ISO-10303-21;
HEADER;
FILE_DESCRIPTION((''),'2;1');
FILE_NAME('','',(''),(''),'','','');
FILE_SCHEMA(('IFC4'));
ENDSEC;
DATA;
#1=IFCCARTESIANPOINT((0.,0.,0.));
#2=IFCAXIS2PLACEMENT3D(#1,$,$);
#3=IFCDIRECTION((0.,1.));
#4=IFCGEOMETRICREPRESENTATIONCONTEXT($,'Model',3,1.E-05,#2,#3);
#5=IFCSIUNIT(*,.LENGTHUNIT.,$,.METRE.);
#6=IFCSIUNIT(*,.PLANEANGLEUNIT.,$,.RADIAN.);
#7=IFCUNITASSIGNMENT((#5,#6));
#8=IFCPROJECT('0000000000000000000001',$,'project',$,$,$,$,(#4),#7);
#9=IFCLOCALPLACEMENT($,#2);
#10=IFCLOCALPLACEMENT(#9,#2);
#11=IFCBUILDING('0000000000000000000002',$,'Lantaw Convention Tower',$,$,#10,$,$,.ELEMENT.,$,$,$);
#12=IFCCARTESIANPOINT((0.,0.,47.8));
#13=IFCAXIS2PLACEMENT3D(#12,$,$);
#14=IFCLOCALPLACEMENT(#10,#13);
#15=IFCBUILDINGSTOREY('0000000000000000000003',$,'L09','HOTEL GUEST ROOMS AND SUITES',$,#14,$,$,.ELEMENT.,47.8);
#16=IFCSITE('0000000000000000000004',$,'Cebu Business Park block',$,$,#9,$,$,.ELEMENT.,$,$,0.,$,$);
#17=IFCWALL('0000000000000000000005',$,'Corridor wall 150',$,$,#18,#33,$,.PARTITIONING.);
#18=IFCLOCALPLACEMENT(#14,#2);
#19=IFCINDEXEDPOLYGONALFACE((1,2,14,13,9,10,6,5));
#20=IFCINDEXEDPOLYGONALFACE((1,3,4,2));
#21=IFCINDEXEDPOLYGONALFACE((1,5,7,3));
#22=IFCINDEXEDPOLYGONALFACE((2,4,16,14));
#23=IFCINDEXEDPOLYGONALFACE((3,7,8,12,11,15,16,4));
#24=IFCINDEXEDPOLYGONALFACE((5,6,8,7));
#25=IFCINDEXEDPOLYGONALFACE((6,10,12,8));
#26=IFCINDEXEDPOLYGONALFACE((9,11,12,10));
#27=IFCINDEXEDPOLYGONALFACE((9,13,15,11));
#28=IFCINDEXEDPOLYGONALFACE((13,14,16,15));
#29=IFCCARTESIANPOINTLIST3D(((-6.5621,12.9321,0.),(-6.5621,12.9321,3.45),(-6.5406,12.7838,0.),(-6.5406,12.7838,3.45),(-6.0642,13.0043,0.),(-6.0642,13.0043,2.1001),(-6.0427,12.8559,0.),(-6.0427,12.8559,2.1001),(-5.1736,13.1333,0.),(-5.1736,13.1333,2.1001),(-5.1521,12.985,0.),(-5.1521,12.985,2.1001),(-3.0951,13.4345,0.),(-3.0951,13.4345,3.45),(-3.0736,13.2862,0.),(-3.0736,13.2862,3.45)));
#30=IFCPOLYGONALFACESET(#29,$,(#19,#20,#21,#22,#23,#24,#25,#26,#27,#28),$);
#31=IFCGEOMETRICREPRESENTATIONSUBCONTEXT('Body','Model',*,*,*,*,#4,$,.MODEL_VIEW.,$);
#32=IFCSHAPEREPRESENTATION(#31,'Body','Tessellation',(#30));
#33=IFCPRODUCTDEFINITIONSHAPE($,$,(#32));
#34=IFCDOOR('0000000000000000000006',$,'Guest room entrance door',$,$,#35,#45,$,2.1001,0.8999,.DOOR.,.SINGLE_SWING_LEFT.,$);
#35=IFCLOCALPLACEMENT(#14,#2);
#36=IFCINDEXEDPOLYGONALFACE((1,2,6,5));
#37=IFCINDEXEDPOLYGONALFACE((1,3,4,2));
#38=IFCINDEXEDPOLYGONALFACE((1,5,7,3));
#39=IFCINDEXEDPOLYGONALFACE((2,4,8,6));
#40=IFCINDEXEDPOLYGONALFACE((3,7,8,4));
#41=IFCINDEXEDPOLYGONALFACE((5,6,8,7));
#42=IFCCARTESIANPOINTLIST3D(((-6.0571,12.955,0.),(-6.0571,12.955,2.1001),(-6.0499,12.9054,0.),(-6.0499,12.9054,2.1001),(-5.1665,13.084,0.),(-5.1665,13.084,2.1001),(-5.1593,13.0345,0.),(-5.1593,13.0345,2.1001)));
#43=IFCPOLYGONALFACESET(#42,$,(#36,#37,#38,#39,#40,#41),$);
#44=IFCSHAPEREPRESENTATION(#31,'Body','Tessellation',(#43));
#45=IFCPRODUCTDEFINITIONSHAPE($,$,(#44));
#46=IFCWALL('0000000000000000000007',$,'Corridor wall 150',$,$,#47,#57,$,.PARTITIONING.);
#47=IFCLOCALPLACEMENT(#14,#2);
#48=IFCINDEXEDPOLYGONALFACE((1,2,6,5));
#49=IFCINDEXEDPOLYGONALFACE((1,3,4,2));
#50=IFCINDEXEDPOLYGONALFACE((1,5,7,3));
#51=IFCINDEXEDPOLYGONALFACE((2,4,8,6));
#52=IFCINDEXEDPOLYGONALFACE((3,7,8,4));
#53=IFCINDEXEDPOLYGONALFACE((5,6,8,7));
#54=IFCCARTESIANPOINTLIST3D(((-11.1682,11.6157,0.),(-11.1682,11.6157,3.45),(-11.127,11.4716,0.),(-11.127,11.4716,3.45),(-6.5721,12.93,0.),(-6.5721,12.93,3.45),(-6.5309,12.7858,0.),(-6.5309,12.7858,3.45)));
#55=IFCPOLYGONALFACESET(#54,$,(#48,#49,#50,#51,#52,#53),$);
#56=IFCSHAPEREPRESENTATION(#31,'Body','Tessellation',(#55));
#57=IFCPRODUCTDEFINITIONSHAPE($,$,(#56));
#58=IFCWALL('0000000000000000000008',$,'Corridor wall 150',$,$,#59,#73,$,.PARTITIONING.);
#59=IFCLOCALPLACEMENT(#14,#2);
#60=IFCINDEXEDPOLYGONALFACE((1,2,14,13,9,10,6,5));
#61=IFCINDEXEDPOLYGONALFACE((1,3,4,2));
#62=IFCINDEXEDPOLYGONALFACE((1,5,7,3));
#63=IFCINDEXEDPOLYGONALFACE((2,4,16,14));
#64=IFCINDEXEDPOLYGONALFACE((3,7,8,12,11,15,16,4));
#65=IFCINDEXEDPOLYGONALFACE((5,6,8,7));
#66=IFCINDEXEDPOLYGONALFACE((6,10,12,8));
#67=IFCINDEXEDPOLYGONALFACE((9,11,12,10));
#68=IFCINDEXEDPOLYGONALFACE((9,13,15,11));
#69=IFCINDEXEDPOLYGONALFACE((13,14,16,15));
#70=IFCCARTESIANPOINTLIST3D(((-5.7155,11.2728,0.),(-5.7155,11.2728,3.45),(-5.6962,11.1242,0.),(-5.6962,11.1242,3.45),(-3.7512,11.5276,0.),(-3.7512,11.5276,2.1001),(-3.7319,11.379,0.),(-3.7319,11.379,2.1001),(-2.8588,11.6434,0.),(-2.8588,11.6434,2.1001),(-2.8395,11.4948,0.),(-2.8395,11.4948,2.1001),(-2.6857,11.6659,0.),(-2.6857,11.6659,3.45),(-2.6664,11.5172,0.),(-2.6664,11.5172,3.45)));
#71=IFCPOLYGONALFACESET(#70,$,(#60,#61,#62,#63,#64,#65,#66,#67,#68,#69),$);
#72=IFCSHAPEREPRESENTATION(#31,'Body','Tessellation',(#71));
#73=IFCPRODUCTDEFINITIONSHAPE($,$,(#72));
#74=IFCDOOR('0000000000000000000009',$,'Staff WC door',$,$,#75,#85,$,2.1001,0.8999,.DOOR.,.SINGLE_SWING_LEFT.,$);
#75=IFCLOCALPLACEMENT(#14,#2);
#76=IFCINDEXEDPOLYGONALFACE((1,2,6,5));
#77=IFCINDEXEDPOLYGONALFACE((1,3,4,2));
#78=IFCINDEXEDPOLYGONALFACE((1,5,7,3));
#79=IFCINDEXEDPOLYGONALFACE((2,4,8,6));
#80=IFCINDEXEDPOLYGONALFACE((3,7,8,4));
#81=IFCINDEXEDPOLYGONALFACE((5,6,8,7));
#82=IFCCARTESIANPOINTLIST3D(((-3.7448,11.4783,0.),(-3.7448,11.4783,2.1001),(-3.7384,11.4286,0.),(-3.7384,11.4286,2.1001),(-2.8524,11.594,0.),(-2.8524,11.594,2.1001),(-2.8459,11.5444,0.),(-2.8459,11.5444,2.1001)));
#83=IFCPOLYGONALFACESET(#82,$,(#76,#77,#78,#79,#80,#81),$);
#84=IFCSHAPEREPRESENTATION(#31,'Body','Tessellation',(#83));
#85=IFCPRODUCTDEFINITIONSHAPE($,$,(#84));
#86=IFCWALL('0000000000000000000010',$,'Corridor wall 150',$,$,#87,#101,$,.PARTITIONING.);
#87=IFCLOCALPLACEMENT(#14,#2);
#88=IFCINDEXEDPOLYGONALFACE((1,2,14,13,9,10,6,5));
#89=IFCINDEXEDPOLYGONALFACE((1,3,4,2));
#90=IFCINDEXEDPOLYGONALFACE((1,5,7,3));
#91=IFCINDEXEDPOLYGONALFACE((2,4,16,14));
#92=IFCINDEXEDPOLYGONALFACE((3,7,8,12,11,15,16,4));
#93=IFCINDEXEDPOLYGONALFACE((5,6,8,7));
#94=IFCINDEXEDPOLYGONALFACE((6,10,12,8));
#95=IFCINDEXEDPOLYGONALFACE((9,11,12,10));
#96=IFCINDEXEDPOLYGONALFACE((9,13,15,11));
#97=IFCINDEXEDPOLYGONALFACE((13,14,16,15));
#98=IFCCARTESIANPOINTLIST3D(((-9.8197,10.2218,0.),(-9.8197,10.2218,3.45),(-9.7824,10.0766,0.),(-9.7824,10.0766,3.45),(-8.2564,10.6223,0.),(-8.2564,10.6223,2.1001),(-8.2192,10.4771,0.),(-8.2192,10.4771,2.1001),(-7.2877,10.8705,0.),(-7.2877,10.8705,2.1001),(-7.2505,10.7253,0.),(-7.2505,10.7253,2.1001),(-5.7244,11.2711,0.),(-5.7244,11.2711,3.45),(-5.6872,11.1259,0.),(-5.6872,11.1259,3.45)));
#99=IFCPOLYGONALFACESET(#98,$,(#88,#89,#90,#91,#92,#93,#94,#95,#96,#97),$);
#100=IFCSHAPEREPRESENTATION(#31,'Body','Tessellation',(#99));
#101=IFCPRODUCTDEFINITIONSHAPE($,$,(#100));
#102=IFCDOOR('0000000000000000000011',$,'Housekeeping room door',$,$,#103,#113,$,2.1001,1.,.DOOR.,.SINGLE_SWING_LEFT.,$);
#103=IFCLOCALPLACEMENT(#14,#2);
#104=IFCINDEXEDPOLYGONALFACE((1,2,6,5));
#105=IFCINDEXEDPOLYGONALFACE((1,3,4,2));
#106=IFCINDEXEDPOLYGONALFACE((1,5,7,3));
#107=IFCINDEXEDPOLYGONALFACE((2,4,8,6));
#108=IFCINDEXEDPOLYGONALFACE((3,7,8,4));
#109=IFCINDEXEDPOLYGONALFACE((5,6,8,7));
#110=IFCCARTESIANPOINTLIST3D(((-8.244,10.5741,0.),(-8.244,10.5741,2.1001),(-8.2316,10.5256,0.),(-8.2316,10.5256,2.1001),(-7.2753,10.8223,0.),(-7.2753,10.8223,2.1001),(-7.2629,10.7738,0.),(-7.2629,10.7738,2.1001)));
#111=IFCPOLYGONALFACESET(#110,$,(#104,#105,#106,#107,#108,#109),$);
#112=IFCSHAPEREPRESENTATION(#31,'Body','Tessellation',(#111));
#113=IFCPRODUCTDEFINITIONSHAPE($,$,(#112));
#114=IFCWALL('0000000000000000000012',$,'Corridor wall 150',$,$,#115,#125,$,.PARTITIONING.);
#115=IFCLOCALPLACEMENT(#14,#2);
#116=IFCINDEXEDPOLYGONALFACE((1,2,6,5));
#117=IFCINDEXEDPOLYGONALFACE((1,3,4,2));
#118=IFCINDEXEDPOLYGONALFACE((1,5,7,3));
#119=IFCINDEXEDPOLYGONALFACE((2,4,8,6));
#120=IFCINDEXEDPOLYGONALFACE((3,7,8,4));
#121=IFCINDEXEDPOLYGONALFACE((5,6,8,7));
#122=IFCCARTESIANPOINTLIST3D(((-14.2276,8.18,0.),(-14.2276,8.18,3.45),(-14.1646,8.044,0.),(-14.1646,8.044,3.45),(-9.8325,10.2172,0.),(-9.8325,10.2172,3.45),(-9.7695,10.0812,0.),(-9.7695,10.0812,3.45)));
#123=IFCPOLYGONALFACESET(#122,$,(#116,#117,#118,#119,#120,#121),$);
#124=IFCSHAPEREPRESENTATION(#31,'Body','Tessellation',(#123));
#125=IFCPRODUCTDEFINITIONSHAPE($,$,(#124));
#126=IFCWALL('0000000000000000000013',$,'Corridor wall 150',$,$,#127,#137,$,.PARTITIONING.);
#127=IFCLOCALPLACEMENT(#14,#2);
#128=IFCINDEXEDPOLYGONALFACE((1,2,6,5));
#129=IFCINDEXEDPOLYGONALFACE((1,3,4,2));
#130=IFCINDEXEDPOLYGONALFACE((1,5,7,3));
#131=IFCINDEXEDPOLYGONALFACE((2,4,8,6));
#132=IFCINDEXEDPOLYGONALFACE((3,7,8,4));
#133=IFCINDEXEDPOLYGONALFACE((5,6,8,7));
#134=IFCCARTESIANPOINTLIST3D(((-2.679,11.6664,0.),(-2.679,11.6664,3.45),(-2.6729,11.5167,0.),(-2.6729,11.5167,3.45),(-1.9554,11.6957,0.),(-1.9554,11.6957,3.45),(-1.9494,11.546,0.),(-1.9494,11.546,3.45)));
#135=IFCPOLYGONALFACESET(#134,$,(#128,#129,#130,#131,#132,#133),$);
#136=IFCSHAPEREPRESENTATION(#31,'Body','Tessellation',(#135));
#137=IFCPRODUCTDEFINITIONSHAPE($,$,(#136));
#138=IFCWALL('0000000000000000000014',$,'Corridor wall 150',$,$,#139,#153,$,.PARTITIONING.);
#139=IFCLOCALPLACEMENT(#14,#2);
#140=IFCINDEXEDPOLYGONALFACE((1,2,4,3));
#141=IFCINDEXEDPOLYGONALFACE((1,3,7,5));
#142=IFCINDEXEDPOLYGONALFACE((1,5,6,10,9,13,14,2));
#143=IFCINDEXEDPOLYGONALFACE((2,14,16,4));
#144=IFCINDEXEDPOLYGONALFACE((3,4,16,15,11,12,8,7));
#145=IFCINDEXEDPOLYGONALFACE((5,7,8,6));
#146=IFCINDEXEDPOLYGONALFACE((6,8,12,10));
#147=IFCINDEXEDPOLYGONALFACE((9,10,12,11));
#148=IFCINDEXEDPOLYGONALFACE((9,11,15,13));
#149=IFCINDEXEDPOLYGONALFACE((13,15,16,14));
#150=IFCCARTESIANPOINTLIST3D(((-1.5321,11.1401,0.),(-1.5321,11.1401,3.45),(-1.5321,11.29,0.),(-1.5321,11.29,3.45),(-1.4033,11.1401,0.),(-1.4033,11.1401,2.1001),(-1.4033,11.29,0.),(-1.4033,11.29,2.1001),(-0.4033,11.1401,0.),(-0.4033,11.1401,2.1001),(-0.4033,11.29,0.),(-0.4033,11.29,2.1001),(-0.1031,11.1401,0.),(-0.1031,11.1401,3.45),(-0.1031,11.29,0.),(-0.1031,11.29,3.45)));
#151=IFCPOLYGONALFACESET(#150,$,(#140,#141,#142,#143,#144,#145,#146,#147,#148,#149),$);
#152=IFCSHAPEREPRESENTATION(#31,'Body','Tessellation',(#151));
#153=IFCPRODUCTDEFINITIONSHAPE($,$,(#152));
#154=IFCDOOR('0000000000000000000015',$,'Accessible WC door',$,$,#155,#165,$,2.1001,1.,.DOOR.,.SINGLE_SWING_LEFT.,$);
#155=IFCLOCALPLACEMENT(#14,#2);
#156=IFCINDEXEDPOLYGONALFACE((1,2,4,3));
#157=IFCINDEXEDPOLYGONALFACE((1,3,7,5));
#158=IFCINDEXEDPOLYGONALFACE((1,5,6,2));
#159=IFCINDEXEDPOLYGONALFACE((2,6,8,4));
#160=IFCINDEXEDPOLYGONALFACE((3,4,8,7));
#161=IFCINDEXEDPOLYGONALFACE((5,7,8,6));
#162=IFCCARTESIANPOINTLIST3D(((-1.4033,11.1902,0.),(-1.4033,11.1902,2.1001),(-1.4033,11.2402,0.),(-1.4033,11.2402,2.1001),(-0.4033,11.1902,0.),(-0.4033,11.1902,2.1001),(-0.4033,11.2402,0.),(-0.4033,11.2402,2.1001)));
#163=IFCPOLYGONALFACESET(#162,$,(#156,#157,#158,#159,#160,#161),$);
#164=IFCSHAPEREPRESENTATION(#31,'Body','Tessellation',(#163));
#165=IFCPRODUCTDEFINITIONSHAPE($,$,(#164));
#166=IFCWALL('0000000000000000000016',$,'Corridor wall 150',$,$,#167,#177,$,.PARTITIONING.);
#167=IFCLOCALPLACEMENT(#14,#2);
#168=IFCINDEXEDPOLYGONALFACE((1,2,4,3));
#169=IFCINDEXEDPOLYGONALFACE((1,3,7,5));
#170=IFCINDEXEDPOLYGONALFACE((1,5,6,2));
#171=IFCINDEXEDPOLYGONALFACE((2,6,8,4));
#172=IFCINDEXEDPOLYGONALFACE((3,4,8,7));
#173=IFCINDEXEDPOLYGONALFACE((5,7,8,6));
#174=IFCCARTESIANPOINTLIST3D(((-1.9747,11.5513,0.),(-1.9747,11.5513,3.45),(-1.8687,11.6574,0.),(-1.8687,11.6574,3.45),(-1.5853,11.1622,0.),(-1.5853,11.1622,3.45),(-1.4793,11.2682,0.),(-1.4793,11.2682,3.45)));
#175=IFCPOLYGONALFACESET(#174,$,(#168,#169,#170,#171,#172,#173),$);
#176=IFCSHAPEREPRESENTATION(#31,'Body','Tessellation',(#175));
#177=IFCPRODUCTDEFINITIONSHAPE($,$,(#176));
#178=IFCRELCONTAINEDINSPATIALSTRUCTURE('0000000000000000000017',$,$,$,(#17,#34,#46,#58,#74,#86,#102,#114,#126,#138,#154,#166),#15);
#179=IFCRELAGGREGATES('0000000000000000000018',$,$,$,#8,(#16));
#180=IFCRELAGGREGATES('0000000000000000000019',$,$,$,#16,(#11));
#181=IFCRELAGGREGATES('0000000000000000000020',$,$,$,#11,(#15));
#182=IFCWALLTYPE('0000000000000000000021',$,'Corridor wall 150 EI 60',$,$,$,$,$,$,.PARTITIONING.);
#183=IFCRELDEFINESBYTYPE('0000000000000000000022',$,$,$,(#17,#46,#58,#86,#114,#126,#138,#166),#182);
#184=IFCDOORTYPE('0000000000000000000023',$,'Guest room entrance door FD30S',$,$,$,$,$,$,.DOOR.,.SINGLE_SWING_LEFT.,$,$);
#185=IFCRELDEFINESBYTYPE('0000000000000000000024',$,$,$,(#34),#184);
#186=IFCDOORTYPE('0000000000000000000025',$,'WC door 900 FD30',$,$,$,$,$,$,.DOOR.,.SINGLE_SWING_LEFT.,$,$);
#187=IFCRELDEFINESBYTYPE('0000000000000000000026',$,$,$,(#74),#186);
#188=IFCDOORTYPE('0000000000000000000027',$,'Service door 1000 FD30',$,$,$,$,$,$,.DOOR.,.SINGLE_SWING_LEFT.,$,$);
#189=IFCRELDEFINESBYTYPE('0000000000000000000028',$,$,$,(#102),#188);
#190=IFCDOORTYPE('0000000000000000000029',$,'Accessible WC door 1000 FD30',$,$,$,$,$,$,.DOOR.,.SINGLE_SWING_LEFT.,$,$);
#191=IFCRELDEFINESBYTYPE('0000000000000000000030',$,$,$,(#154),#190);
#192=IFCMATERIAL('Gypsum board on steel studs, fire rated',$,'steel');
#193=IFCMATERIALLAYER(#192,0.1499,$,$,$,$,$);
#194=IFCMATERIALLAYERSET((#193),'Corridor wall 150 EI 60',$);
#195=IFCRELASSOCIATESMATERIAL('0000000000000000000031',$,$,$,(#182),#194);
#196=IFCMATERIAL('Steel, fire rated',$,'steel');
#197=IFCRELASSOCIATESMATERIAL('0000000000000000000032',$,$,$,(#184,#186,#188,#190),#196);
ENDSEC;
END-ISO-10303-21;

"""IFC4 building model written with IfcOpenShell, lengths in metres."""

from ifc_helpers import new_model, si_unit, direction, frame, frame_2d, origin, place, context, subcontext, project, spatial, rectangle, extrude, material, layer, layer_set, type_object, element, fill, save


model = new_model("IFC4")

# Units and contexts
model_context = context("Model", 3, precision=1e-05, world=origin(), true_north=direction((0.0, 1.0)))
body_context = subcontext(model_context, "Body", "Model", "MODEL_VIEW")
ifc_project = project(units=[si_unit("LENGTHUNIT", "METRE"), si_unit("PLANEANGLEUNIT", "RADIAN")], contexts=[model_context])

# Site, building, storey
site_placement = place(None, origin())
site = spatial("IfcSite", under=ifc_project, at=site_placement, Name="Cebu Business Park block", CompositionType="ELEMENT", RefElevation=0.0)
building_placement = place(site_placement, origin())
building = spatial("IfcBuilding", under=site, at=building_placement, Name="Lantaw Convention Tower", CompositionType="ELEMENT")
storey_placement = place(building_placement, frame((0.0, 0.0, 47.8)))
storey = spatial("IfcBuildingStorey", under=building, at=storey_placement, Name="L09", Description="HOTEL GUEST ROOMS AND SUITES", CompositionType="ELEMENT", Elevation=47.8)

# Wall, opening, door
ifc_material_1 = material(Name="Gypsum board on steel studs, fire rated", Category="steel")
ifc_layer_1 = layer(ifc_material_1, 0.1499)
ifc_layer_set_1 = layer_set([ifc_layer_1], Name="Corridor wall 150 EI 60")
wall_type_1 = type_object("IfcWallType", Name="Corridor wall 150 EI 60", PredefinedType="PARTITIONING", material=ifc_layer_set_1)
wall_1_placement = place(storey_placement, frame((-3.0845, 13.3604, 0.0), z_axis=(0.0, 0.0, 1.0), x_axis=(-0.989662, -0.143421, 0.0)))
wall_1 = element("IfcWall", 1, at=wall_1_placement, inside=storey, type_object=wall_type_1, Name="Corridor wall 150", PredefinedType="PARTITIONING", context=body_context, shape_type="SweptSolid", body=[
    extrude(rectangle(XDim=3.5032, YDim=0.1499, at=frame_2d((1.7515, 0.0))), origin(), (0.0, 0.0, 1.0), 3.45),
])
opening_1_placement = place(wall_1_placement, frame((2.1001, 0.0, 0.0)))
opening_1 = element("IfcOpeningElement", 2, at=opening_1_placement, cuts=wall_1, PredefinedType="OPENING", context=body_context, shape_type="SweptSolid", body=[
    extrude(rectangle(XDim=0.8999, YDim=2.1001, at=frame_2d((0.45, 1.05))), frame((0.0, 0.085, 0.0), z_axis=(0.0, -1.0, 0.0), x_axis=(1.0, 0.0, 0.0)), (0.0, 0.0, 1.0), 0.1699),
])
ifc_material_2 = material(Name="Steel, fire rated", Category="steel")
door_type_1 = type_object("IfcDoorType", Name="Guest room entrance door FD30S", OperationType="SINGLE_SWING_LEFT", PredefinedType="DOOR", material=ifc_material_2)
door_1_placement = place(opening_1_placement, origin())
door_1 = element("IfcDoor", 3, at=door_1_placement, inside=storey, type_object=door_type_1, Name="Guest room entrance door", OperationType="SINGLE_SWING_LEFT", OverallHeight=2.1001, OverallWidth=0.8999, PredefinedType="DOOR", context=body_context, shape_type="SweptSolid", body=[
    extrude(rectangle(XDim=0.8999, YDim=2.1001, at=frame_2d((0.45, 1.05))), frame((0.0, 0.0249, 0.0), z_axis=(0.0, -1.0, 0.0), x_axis=(1.0, 0.0, 0.0)), (0.0, 0.0, 1.0), 0.05),
])
fill(opening_1, door_1)

# Wall
wall_2_placement = place(storey_placement, frame((-6.5515, 12.8579, 0.0), z_axis=(0.0, 0.0, 1.0), x_axis=(-0.961464, -0.27493, 0.0)))
element("IfcWall", 4, at=wall_2_placement, inside=storey, type_object=wall_type_1, Name="Corridor wall 150", PredefinedType="PARTITIONING", context=body_context, shape_type="SweptSolid", body=[
    extrude(rectangle(XDim=4.7803, YDim=0.1499, at=frame_2d((2.3901, 0.0))), origin(), (0.0, 0.0, 1.0), 3.45),
])

# Walls, openings, doors
wall_3_placement = place(storey_placement, frame((-2.676, 11.5916, 0.0), z_axis=(0.0, 0.0, 1.0), x_axis=(-0.991689, -0.128656, 0.0)))
wall_3 = element("IfcWall", 5, at=wall_3_placement, inside=storey, type_object=wall_type_1, Name="Corridor wall 150", PredefinedType="PARTITIONING", context=body_context, shape_type="SweptSolid", body=[
    extrude(rectangle(XDim=3.0552, YDim=0.1499, at=frame_2d((1.5276, 0.0))), origin(), (0.0, 0.0, 1.0), 3.45),
])
opening_2_placement = place(wall_3_placement, frame((0.1746, 0.0, 0.0)))
opening_2 = element("IfcOpeningElement", 6, at=opening_2_placement, cuts=wall_3, PredefinedType="OPENING", context=body_context, shape_type="SweptSolid", body=[
    extrude(rectangle(XDim=0.8999, YDim=2.1001, at=frame_2d((0.45, 1.05))), frame((0.0, 0.085, 0.0), z_axis=(0.0, -1.0, 0.0), x_axis=(1.0, 0.0, 0.0)), (0.0, 0.0, 1.0), 0.1699),
])
door_type_2 = type_object("IfcDoorType", Name="WC door 900 FD30", OperationType="SINGLE_SWING_LEFT", PredefinedType="DOOR", material=ifc_material_2)
door_2_placement = place(opening_2_placement, origin())
door_2 = element("IfcDoor", 7, at=door_2_placement, inside=storey, type_object=door_type_2, Name="Staff WC door", OperationType="SINGLE_SWING_LEFT", OverallHeight=2.1001, OverallWidth=0.8999, PredefinedType="DOOR", context=body_context, shape_type="SweptSolid", body=[
    extrude(rectangle(XDim=0.8999, YDim=2.1001, at=frame_2d((0.45, 1.05))), frame((0.0, 0.0249, 0.0), z_axis=(0.0, -1.0, 0.0), x_axis=(1.0, 0.0, 0.0)), (0.0, 0.0, 1.0), 0.05),
])
fill(opening_2, door_2)
wall_4_placement = place(storey_placement, frame((-5.7058, 11.1985, 0.0), z_axis=(0.0, 0.0, 1.0), x_axis=(-0.968706, -0.248211, 0.0)))
wall_4 = element("IfcWall", 8, at=wall_4_placement, inside=storey, type_object=wall_type_1, Name="Corridor wall 150", PredefinedType="PARTITIONING", context=body_context, shape_type="SweptSolid", body=[
    extrude(rectangle(XDim=4.2275, YDim=0.1499, at=frame_2d((2.1138, 0.0))), origin(), (0.0, 0.0, 1.0), 3.45),
])
opening_3_placement = place(wall_4_placement, frame((1.6138, 0.0, 0.0)))
opening_3 = element("IfcOpeningElement", 9, at=opening_3_placement, cuts=wall_4, PredefinedType="OPENING", context=body_context, shape_type="SweptSolid", body=[
    extrude(rectangle(XDim=1.0, YDim=2.1001, at=frame_2d((0.5, 1.05))), frame((0.0, 0.085, 0.0), z_axis=(0.0, -1.0, 0.0), x_axis=(1.0, 0.0, 0.0)), (0.0, 0.0, 1.0), 0.1699),
])
door_type_3 = type_object("IfcDoorType", Name="Service door 1000 FD30", OperationType="SINGLE_SWING_LEFT", PredefinedType="DOOR", material=ifc_material_2)
door_3_placement = place(opening_3_placement, origin())
door_3 = element("IfcDoor", 10, at=door_3_placement, inside=storey, type_object=door_type_3, Name="Housekeeping room door", OperationType="SINGLE_SWING_LEFT", OverallHeight=2.1001, OverallWidth=1.0, PredefinedType="DOOR", context=body_context, shape_type="SweptSolid", body=[
    extrude(rectangle(XDim=1.0, YDim=2.1001, at=frame_2d((0.5, 1.05))), frame((0.0, 0.0249, 0.0), z_axis=(0.0, -1.0, 0.0), x_axis=(1.0, 0.0, 0.0)), (0.0, 0.0, 1.0), 0.05),
])
fill(opening_3, door_3)

# Walls
wall_5_placement = place(storey_placement, frame((-9.801, 10.1492, 0.0), z_axis=(0.0, 0.0, 1.0), x_axis=(-0.90728, -0.420528, 0.0)))
element("IfcWall", 11, at=wall_5_placement, inside=storey, type_object=wall_type_1, Name="Corridor wall 150", PredefinedType="PARTITIONING", context=body_context, shape_type="SweptSolid", body=[
    extrude(rectangle(XDim=4.8442, YDim=0.1499, at=frame_2d((2.4221, 0.0))), origin(), (0.0, 0.0, 1.0), 3.45),
])
wall_6_placement = place(storey_placement, frame((-1.9524, 11.6208, 0.0), z_axis=(0.0, 0.0, 1.0), x_axis=(-0.999181, -0.040453, 0.0)))
element("IfcWall", 12, at=wall_6_placement, inside=storey, type_object=wall_type_1, Name="Corridor wall 150", PredefinedType="PARTITIONING", context=body_context, shape_type="SweptSolid", body=[
    extrude(rectangle(XDim=0.7241, YDim=0.1499, at=frame_2d((0.3621, 0.0))), origin(), (0.0, 0.0, 1.0), 3.45),
])

# Wall, opening, door
wall_7_placement = place(storey_placement, frame((-0.1033, 11.2151, 0.0), z_axis=(0.0, 0.0, 1.0), x_axis=(-1.0, 0.0, 0.0)))
wall_7 = element("IfcWall", 13, at=wall_7_placement, inside=storey, type_object=wall_type_1, Name="Corridor wall 150", PredefinedType="PARTITIONING", context=body_context, shape_type="SweptSolid", body=[
    extrude(rectangle(XDim=1.429, YDim=0.1499, at=frame_2d((0.7144, 0.0))), origin(), (0.0, 0.0, 1.0), 3.45),
])
opening_4_placement = place(wall_7_placement, frame((0.3, 0.0, 0.0)))
opening_4 = element("IfcOpeningElement", 14, at=opening_4_placement, cuts=wall_7, PredefinedType="OPENING", context=body_context, shape_type="SweptSolid", body=[
    extrude(rectangle(XDim=1.0, YDim=2.1001, at=frame_2d((0.5, 1.05))), frame((0.0, 0.085, 0.0), z_axis=(0.0, -1.0, 0.0), x_axis=(1.0, 0.0, 0.0)), (0.0, 0.0, 1.0), 0.1699),
])
door_type_4 = type_object("IfcDoorType", Name="Accessible WC door 1000 FD30", OperationType="SINGLE_SWING_LEFT", PredefinedType="DOOR", material=ifc_material_2)
door_4_placement = place(opening_4_placement, origin())
door_4 = element("IfcDoor", 15, at=door_4_placement, inside=storey, type_object=door_type_4, Name="Accessible WC door", OperationType="SINGLE_SWING_LEFT", OverallHeight=2.1001, OverallWidth=1.0, PredefinedType="DOOR", context=body_context, shape_type="SweptSolid", body=[
    extrude(rectangle(XDim=1.0, YDim=2.1001, at=frame_2d((0.5, 1.05))), frame((0.0, 0.0249, 0.0), z_axis=(0.0, -1.0, 0.0), x_axis=(1.0, 0.0, 0.0)), (0.0, 0.0, 1.0), 0.05),
])
fill(opening_4, door_4)

# Wall
wall_8_placement = place(storey_placement, frame((-1.5322, 11.2151, 0.0), z_axis=(0.0, 0.0, 1.0), x_axis=(-0.707328, 0.706885, 0.0)))
element("IfcWall", 16, at=wall_8_placement, inside=storey, type_object=wall_type_1, Name="Corridor wall 150", PredefinedType="PARTITIONING", context=body_context, shape_type="SweptSolid", body=[
    extrude(rectangle(XDim=0.5505, YDim=0.1499, at=frame_2d((0.2754, 0.0))), origin(), (0.0, 0.0, 1.0), 3.45),
])

save(model, "model.ifc")
